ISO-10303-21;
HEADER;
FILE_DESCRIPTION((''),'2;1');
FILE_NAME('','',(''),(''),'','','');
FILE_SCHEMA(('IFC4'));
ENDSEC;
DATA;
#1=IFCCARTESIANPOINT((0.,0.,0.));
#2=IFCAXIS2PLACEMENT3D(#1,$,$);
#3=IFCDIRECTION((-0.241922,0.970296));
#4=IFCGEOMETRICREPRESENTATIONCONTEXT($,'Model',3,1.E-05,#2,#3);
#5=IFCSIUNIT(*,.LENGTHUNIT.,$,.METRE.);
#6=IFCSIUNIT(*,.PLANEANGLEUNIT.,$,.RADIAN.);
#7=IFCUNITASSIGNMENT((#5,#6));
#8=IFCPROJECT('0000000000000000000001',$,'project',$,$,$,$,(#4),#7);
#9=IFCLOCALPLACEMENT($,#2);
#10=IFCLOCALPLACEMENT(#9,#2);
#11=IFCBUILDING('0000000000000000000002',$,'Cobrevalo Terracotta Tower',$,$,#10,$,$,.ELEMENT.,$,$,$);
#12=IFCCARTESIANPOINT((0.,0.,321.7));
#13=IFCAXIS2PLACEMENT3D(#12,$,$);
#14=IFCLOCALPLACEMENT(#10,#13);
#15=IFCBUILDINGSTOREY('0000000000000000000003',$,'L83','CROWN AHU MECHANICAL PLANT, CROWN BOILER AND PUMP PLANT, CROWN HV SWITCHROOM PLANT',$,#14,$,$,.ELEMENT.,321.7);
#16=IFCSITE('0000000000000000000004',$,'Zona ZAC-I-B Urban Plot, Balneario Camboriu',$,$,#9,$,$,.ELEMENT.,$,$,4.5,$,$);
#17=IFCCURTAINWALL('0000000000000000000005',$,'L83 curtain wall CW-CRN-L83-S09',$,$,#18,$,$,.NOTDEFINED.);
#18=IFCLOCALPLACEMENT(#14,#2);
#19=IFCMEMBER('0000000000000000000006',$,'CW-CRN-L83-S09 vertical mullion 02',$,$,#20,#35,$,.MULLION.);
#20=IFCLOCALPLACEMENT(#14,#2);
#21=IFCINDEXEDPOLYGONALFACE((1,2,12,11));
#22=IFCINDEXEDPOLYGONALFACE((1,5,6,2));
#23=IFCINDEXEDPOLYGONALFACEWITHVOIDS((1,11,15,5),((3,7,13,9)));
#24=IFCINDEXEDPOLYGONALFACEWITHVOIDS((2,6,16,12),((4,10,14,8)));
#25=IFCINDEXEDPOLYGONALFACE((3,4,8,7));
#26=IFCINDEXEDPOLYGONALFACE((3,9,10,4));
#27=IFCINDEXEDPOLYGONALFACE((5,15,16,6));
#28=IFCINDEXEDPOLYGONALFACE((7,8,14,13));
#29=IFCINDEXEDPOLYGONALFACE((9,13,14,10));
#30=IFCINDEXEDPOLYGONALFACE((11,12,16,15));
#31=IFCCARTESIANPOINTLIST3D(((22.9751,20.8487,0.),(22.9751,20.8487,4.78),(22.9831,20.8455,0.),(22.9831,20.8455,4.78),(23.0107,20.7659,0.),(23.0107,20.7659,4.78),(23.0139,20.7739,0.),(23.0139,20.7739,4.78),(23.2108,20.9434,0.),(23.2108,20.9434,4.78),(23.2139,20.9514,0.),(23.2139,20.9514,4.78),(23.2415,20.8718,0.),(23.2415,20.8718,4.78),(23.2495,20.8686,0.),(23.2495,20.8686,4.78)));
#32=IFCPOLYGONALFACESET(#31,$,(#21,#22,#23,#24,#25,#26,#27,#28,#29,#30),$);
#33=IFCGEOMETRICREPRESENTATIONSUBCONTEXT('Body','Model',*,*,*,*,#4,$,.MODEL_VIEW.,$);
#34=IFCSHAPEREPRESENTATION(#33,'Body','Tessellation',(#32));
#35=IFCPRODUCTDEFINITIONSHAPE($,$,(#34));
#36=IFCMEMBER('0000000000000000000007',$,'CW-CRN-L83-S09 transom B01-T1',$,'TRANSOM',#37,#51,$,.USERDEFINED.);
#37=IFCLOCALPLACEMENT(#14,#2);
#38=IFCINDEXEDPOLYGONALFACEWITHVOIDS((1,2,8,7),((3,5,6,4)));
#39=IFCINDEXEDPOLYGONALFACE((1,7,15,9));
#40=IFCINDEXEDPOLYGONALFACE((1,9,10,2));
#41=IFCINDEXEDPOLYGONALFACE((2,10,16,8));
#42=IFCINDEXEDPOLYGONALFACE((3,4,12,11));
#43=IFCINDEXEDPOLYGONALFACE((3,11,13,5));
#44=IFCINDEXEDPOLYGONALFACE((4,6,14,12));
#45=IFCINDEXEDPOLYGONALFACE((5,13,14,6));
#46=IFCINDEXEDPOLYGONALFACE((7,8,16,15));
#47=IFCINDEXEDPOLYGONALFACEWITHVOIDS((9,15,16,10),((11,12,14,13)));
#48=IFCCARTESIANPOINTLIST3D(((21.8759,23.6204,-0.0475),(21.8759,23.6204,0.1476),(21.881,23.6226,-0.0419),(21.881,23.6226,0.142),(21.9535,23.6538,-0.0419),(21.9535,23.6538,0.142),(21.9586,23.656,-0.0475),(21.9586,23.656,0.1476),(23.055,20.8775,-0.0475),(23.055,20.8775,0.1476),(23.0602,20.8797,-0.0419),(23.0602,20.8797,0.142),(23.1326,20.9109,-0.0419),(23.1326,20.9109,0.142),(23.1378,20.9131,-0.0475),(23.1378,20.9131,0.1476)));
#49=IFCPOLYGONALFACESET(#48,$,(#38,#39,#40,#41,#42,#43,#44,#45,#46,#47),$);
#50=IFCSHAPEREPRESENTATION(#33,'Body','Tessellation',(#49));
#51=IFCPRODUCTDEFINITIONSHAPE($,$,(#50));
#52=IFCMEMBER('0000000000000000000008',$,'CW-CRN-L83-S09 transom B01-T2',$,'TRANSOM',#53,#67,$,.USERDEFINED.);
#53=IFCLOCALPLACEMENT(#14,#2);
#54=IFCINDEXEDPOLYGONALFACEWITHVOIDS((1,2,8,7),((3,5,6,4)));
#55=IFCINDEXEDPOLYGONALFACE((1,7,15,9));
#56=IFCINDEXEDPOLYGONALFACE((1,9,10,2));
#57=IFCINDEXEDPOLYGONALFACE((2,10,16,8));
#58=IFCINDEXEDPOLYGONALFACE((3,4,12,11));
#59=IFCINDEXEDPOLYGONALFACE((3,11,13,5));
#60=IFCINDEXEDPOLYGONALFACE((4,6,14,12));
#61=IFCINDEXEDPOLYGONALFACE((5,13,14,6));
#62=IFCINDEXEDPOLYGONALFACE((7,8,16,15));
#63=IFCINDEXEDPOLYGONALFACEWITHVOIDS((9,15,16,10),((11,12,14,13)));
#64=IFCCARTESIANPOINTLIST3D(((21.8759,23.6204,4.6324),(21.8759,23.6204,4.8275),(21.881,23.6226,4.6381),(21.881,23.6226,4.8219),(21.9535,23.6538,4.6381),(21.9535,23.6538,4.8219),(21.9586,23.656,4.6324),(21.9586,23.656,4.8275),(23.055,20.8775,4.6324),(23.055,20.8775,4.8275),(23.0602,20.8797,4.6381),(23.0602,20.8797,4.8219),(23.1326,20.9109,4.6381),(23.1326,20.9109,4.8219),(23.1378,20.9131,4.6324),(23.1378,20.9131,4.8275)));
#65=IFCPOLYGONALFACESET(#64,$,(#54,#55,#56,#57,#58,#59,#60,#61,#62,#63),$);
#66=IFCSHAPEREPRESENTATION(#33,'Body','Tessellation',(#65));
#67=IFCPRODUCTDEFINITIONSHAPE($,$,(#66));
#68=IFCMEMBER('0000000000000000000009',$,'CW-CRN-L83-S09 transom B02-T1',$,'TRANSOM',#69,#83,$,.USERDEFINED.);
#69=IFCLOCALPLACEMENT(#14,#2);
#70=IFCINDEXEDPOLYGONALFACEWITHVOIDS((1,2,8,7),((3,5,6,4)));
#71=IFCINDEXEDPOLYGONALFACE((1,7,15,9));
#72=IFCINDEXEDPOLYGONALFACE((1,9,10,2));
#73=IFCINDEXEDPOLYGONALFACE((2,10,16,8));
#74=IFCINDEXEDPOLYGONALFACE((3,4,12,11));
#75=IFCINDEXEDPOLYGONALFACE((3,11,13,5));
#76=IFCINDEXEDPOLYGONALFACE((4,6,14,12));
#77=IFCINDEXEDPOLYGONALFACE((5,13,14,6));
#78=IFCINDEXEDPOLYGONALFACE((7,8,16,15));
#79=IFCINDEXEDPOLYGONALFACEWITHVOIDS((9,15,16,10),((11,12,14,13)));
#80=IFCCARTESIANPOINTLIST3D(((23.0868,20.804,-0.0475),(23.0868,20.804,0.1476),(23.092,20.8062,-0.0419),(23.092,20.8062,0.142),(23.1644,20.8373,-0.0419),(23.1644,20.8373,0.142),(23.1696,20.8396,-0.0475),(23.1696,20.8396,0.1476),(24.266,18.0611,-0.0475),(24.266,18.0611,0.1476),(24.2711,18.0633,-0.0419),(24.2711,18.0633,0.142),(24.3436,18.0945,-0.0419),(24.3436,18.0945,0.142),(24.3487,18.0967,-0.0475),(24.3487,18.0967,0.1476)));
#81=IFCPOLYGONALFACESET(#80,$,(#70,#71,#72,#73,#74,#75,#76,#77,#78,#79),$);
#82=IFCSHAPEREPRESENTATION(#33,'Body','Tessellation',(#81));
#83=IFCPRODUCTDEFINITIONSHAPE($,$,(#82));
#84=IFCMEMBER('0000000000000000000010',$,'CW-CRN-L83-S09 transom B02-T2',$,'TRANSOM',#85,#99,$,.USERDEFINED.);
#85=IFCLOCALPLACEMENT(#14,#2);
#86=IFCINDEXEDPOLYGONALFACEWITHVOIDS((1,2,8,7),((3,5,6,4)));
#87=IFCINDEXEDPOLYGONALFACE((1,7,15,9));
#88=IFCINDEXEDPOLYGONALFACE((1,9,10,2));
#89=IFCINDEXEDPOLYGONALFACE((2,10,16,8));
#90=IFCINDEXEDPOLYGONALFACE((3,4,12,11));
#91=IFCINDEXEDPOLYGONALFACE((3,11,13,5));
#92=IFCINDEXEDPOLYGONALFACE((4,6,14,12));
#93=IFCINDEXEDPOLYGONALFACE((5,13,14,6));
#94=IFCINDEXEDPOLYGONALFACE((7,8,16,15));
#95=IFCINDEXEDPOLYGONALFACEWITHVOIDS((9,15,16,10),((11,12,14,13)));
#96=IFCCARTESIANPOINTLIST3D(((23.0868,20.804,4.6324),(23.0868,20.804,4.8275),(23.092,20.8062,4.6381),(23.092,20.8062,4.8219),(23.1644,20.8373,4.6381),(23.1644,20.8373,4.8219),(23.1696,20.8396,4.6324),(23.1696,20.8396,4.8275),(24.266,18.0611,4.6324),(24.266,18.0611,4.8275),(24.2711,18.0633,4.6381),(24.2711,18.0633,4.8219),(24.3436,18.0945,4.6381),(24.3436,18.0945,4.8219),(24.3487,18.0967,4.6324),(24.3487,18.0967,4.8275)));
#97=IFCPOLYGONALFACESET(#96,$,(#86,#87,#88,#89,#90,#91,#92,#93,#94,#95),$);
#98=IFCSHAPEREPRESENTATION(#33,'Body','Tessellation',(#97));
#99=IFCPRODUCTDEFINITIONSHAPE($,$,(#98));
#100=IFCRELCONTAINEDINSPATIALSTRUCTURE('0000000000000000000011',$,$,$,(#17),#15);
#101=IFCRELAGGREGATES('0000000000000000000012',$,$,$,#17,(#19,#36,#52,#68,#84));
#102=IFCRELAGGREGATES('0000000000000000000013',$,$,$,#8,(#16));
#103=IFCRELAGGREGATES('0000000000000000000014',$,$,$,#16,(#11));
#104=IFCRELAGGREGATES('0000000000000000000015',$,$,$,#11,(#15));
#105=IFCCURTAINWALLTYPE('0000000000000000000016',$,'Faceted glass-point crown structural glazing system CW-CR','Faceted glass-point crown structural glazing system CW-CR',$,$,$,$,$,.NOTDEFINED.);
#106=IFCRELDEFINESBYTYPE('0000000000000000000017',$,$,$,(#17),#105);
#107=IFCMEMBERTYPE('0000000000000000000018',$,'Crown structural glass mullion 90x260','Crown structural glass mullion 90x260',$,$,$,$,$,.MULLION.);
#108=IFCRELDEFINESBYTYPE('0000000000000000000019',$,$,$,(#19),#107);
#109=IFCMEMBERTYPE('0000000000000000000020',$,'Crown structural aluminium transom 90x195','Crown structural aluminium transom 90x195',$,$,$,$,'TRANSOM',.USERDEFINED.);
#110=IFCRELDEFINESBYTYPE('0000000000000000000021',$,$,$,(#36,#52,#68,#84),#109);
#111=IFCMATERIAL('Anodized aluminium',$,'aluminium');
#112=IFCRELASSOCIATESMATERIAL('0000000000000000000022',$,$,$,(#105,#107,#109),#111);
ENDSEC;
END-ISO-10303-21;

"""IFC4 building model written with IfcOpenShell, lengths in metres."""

from ifc_helpers import new_model, si_unit, direction, frame, origin, origin_2d, place, context, subcontext, project, spatial, hollow_rectangle, extrude, source, transform, mapped, material, material_profile, profile_set, type_object, element, aggregate, save


model = new_model("IFC4")

# Units and contexts
model_context = context("Model", 3, precision=1e-05, world=origin(), true_north=direction((-0.241922, 0.970296)))
body_context = subcontext(model_context, "Body", "Model", "MODEL_VIEW")
ifc_project = project(units=[si_unit("LENGTHUNIT", "METRE"), si_unit("PLANEANGLEUNIT", "RADIAN")], contexts=[model_context])

# Site, building, storey
site_placement = place(None, origin())
site = spatial("IfcSite", under=ifc_project, at=site_placement, Name="Zona ZAC-I-B Urban Plot, Balneario Camboriu", CompositionType="ELEMENT", RefElevation=4.5)
building_placement = place(site_placement, origin())
building = spatial("IfcBuilding", under=site, at=building_placement, Name="Cobrevalo Terracotta Tower", CompositionType="ELEMENT")
storey_placement = place(building_placement, frame((0.0, 0.0, 321.7)))
storey = spatial("IfcBuildingStorey", under=building, at=storey_placement, Name="L83", Description="CROWN AHU MECHANICAL PLANT, CROWN BOILER AND PUMP PLANT, CROWN HV SWITCHROOM PLANT", CompositionType="ELEMENT", Elevation=321.7)

# Shared definitions
ifc_material_1 = material(Name="Anodized aluminium", Category="aluminium")
curtain_wall_type = type_object("IfcCurtainWallType", Name="Faceted glass-point crown structural glazing system CW-CR", Description="Faceted glass-point crown structural glazing system CW-CR", PredefinedType="NOTDEFINED", material=ifc_material_1)
ifc_material_profile_1 = material_profile(ifc_material_1, hollow_rectangle(XDim=0.0901, YDim=0.26, WallThickness=0.0061, at=origin_2d()), Name="CWM 90x260")
ifc_profile_set_1 = profile_set([ifc_material_profile_1], Name="Anodized aluminium")
member_type_1 = type_object("IfcMemberType", Name="Crown structural glass mullion 90x260", Description="Crown structural glass mullion 90x260", PredefinedType="MULLION", material=ifc_profile_set_1)
shared_shape_1 = source(origin(), body_context, "Body", "SweptSolid", [
    extrude(hollow_rectangle(XDim=0.0901, YDim=0.26, WallThickness=0.0061, at=origin_2d()), origin(), (0.0, 0.0, 1.0), 4.78),
])

# Curtain wall, members
curtain_wall_1_placement = place(storey_placement, origin())
curtain_wall_1 = element("IfcCurtainWall", 1, at=curtain_wall_1_placement, inside=storey, type_object=curtain_wall_type, Name="L83 curtain wall CW-CRN-L83-S09", PredefinedType="NOTDEFINED")
member_1_placement = place(storey_placement, frame((23.1123, 20.8586, 0.0), z_axis=(0.0, 0.0, 1.0), x_axis=(0.394968, -0.918695, 0.0)))
member_1 = element("IfcMember", 2, at=member_1_placement, type_object=member_type_1, Name="CW-CRN-L83-S09 vertical mullion 02", PredefinedType="MULLION", context=body_context, shape_type="MappedRepresentation", body=[
    mapped(shared_shape_1, transform((0.0, 0.0, 0.0), scale=1.0)),
])
ifc_material_profile_2 = material_profile(ifc_material_1, hollow_rectangle(XDim=0.0901, YDim=0.1951, WallThickness=0.0056, at=origin_2d()), Name="CWT 90x195")
ifc_profile_set_2 = profile_set([ifc_material_profile_2], Name="Anodized aluminium")
member_type_2 = type_object("IfcMemberType", Name="Crown structural aluminium transom 90x195", Description="Crown structural aluminium transom 90x195", ElementType="TRANSOM", PredefinedType="USERDEFINED", material=ifc_profile_set_2)
shared_shape_2 = source(origin(), body_context, "Body", "SweptSolid", [
    extrude(hollow_rectangle(XDim=0.0901, YDim=0.1951, WallThickness=0.0056, at=origin_2d()), origin(), (0.0, 0.0, 1.0), 2.9856),
])
member_2_placement = place(storey_placement, frame((21.9172, 23.6382, 0.05), z_axis=(0.394955, -0.9187, 0.0), x_axis=(0.9187, 0.394955, 0.0)))
member_2 = element("IfcMember", 3, at=member_2_placement, type_object=member_type_2, Name="CW-CRN-L83-S09 transom B01-T1", ObjectType="TRANSOM", PredefinedType="USERDEFINED", context=body_context, shape_type="MappedRepresentation", body=[
    mapped(shared_shape_2, transform((0.0, 0.0, 0.0), scale=1.0)),
])
member_3_placement = place(storey_placement, frame((21.9172, 23.6382, 4.73), z_axis=(0.394955, -0.9187, 0.0), x_axis=(0.9187, 0.394955, 0.0)))
member_3 = element("IfcMember", 4, at=member_3_placement, type_object=member_type_2, Name="CW-CRN-L83-S09 transom B01-T2", ObjectType="TRANSOM", PredefinedType="USERDEFINED", context=body_context, shape_type="MappedRepresentation", body=[
    mapped(shared_shape_2, transform((0.0, 0.0, 0.0), scale=1.0)),
])
member_4_placement = place(storey_placement, frame((23.1282, 20.8218, 0.05), z_axis=(0.394955, -0.9187, 0.0), x_axis=(0.9187, 0.394955, 0.0)))
member_4 = element("IfcMember", 5, at=member_4_placement, type_object=member_type_2, Name="CW-CRN-L83-S09 transom B02-T1", ObjectType="TRANSOM", PredefinedType="USERDEFINED", context=body_context, shape_type="MappedRepresentation", body=[
    mapped(shared_shape_2, transform((0.0, 0.0, 0.0), scale=1.0)),
])
member_5_placement = place(storey_placement, frame((23.1282, 20.8218, 4.73), z_axis=(0.394955, -0.9187, 0.0), x_axis=(0.9187, 0.394955, 0.0)))
member_5 = element("IfcMember", 6, at=member_5_placement, type_object=member_type_2, Name="CW-CRN-L83-S09 transom B02-T2", ObjectType="TRANSOM", PredefinedType="USERDEFINED", context=body_context, shape_type="MappedRepresentation", body=[
    mapped(shared_shape_2, transform((0.0, 0.0, 0.0), scale=1.0)),
])

aggregate(curtain_wall_1, [member_1, member_2, member_3, member_4, member_5])

save(model, "model.ifc")
